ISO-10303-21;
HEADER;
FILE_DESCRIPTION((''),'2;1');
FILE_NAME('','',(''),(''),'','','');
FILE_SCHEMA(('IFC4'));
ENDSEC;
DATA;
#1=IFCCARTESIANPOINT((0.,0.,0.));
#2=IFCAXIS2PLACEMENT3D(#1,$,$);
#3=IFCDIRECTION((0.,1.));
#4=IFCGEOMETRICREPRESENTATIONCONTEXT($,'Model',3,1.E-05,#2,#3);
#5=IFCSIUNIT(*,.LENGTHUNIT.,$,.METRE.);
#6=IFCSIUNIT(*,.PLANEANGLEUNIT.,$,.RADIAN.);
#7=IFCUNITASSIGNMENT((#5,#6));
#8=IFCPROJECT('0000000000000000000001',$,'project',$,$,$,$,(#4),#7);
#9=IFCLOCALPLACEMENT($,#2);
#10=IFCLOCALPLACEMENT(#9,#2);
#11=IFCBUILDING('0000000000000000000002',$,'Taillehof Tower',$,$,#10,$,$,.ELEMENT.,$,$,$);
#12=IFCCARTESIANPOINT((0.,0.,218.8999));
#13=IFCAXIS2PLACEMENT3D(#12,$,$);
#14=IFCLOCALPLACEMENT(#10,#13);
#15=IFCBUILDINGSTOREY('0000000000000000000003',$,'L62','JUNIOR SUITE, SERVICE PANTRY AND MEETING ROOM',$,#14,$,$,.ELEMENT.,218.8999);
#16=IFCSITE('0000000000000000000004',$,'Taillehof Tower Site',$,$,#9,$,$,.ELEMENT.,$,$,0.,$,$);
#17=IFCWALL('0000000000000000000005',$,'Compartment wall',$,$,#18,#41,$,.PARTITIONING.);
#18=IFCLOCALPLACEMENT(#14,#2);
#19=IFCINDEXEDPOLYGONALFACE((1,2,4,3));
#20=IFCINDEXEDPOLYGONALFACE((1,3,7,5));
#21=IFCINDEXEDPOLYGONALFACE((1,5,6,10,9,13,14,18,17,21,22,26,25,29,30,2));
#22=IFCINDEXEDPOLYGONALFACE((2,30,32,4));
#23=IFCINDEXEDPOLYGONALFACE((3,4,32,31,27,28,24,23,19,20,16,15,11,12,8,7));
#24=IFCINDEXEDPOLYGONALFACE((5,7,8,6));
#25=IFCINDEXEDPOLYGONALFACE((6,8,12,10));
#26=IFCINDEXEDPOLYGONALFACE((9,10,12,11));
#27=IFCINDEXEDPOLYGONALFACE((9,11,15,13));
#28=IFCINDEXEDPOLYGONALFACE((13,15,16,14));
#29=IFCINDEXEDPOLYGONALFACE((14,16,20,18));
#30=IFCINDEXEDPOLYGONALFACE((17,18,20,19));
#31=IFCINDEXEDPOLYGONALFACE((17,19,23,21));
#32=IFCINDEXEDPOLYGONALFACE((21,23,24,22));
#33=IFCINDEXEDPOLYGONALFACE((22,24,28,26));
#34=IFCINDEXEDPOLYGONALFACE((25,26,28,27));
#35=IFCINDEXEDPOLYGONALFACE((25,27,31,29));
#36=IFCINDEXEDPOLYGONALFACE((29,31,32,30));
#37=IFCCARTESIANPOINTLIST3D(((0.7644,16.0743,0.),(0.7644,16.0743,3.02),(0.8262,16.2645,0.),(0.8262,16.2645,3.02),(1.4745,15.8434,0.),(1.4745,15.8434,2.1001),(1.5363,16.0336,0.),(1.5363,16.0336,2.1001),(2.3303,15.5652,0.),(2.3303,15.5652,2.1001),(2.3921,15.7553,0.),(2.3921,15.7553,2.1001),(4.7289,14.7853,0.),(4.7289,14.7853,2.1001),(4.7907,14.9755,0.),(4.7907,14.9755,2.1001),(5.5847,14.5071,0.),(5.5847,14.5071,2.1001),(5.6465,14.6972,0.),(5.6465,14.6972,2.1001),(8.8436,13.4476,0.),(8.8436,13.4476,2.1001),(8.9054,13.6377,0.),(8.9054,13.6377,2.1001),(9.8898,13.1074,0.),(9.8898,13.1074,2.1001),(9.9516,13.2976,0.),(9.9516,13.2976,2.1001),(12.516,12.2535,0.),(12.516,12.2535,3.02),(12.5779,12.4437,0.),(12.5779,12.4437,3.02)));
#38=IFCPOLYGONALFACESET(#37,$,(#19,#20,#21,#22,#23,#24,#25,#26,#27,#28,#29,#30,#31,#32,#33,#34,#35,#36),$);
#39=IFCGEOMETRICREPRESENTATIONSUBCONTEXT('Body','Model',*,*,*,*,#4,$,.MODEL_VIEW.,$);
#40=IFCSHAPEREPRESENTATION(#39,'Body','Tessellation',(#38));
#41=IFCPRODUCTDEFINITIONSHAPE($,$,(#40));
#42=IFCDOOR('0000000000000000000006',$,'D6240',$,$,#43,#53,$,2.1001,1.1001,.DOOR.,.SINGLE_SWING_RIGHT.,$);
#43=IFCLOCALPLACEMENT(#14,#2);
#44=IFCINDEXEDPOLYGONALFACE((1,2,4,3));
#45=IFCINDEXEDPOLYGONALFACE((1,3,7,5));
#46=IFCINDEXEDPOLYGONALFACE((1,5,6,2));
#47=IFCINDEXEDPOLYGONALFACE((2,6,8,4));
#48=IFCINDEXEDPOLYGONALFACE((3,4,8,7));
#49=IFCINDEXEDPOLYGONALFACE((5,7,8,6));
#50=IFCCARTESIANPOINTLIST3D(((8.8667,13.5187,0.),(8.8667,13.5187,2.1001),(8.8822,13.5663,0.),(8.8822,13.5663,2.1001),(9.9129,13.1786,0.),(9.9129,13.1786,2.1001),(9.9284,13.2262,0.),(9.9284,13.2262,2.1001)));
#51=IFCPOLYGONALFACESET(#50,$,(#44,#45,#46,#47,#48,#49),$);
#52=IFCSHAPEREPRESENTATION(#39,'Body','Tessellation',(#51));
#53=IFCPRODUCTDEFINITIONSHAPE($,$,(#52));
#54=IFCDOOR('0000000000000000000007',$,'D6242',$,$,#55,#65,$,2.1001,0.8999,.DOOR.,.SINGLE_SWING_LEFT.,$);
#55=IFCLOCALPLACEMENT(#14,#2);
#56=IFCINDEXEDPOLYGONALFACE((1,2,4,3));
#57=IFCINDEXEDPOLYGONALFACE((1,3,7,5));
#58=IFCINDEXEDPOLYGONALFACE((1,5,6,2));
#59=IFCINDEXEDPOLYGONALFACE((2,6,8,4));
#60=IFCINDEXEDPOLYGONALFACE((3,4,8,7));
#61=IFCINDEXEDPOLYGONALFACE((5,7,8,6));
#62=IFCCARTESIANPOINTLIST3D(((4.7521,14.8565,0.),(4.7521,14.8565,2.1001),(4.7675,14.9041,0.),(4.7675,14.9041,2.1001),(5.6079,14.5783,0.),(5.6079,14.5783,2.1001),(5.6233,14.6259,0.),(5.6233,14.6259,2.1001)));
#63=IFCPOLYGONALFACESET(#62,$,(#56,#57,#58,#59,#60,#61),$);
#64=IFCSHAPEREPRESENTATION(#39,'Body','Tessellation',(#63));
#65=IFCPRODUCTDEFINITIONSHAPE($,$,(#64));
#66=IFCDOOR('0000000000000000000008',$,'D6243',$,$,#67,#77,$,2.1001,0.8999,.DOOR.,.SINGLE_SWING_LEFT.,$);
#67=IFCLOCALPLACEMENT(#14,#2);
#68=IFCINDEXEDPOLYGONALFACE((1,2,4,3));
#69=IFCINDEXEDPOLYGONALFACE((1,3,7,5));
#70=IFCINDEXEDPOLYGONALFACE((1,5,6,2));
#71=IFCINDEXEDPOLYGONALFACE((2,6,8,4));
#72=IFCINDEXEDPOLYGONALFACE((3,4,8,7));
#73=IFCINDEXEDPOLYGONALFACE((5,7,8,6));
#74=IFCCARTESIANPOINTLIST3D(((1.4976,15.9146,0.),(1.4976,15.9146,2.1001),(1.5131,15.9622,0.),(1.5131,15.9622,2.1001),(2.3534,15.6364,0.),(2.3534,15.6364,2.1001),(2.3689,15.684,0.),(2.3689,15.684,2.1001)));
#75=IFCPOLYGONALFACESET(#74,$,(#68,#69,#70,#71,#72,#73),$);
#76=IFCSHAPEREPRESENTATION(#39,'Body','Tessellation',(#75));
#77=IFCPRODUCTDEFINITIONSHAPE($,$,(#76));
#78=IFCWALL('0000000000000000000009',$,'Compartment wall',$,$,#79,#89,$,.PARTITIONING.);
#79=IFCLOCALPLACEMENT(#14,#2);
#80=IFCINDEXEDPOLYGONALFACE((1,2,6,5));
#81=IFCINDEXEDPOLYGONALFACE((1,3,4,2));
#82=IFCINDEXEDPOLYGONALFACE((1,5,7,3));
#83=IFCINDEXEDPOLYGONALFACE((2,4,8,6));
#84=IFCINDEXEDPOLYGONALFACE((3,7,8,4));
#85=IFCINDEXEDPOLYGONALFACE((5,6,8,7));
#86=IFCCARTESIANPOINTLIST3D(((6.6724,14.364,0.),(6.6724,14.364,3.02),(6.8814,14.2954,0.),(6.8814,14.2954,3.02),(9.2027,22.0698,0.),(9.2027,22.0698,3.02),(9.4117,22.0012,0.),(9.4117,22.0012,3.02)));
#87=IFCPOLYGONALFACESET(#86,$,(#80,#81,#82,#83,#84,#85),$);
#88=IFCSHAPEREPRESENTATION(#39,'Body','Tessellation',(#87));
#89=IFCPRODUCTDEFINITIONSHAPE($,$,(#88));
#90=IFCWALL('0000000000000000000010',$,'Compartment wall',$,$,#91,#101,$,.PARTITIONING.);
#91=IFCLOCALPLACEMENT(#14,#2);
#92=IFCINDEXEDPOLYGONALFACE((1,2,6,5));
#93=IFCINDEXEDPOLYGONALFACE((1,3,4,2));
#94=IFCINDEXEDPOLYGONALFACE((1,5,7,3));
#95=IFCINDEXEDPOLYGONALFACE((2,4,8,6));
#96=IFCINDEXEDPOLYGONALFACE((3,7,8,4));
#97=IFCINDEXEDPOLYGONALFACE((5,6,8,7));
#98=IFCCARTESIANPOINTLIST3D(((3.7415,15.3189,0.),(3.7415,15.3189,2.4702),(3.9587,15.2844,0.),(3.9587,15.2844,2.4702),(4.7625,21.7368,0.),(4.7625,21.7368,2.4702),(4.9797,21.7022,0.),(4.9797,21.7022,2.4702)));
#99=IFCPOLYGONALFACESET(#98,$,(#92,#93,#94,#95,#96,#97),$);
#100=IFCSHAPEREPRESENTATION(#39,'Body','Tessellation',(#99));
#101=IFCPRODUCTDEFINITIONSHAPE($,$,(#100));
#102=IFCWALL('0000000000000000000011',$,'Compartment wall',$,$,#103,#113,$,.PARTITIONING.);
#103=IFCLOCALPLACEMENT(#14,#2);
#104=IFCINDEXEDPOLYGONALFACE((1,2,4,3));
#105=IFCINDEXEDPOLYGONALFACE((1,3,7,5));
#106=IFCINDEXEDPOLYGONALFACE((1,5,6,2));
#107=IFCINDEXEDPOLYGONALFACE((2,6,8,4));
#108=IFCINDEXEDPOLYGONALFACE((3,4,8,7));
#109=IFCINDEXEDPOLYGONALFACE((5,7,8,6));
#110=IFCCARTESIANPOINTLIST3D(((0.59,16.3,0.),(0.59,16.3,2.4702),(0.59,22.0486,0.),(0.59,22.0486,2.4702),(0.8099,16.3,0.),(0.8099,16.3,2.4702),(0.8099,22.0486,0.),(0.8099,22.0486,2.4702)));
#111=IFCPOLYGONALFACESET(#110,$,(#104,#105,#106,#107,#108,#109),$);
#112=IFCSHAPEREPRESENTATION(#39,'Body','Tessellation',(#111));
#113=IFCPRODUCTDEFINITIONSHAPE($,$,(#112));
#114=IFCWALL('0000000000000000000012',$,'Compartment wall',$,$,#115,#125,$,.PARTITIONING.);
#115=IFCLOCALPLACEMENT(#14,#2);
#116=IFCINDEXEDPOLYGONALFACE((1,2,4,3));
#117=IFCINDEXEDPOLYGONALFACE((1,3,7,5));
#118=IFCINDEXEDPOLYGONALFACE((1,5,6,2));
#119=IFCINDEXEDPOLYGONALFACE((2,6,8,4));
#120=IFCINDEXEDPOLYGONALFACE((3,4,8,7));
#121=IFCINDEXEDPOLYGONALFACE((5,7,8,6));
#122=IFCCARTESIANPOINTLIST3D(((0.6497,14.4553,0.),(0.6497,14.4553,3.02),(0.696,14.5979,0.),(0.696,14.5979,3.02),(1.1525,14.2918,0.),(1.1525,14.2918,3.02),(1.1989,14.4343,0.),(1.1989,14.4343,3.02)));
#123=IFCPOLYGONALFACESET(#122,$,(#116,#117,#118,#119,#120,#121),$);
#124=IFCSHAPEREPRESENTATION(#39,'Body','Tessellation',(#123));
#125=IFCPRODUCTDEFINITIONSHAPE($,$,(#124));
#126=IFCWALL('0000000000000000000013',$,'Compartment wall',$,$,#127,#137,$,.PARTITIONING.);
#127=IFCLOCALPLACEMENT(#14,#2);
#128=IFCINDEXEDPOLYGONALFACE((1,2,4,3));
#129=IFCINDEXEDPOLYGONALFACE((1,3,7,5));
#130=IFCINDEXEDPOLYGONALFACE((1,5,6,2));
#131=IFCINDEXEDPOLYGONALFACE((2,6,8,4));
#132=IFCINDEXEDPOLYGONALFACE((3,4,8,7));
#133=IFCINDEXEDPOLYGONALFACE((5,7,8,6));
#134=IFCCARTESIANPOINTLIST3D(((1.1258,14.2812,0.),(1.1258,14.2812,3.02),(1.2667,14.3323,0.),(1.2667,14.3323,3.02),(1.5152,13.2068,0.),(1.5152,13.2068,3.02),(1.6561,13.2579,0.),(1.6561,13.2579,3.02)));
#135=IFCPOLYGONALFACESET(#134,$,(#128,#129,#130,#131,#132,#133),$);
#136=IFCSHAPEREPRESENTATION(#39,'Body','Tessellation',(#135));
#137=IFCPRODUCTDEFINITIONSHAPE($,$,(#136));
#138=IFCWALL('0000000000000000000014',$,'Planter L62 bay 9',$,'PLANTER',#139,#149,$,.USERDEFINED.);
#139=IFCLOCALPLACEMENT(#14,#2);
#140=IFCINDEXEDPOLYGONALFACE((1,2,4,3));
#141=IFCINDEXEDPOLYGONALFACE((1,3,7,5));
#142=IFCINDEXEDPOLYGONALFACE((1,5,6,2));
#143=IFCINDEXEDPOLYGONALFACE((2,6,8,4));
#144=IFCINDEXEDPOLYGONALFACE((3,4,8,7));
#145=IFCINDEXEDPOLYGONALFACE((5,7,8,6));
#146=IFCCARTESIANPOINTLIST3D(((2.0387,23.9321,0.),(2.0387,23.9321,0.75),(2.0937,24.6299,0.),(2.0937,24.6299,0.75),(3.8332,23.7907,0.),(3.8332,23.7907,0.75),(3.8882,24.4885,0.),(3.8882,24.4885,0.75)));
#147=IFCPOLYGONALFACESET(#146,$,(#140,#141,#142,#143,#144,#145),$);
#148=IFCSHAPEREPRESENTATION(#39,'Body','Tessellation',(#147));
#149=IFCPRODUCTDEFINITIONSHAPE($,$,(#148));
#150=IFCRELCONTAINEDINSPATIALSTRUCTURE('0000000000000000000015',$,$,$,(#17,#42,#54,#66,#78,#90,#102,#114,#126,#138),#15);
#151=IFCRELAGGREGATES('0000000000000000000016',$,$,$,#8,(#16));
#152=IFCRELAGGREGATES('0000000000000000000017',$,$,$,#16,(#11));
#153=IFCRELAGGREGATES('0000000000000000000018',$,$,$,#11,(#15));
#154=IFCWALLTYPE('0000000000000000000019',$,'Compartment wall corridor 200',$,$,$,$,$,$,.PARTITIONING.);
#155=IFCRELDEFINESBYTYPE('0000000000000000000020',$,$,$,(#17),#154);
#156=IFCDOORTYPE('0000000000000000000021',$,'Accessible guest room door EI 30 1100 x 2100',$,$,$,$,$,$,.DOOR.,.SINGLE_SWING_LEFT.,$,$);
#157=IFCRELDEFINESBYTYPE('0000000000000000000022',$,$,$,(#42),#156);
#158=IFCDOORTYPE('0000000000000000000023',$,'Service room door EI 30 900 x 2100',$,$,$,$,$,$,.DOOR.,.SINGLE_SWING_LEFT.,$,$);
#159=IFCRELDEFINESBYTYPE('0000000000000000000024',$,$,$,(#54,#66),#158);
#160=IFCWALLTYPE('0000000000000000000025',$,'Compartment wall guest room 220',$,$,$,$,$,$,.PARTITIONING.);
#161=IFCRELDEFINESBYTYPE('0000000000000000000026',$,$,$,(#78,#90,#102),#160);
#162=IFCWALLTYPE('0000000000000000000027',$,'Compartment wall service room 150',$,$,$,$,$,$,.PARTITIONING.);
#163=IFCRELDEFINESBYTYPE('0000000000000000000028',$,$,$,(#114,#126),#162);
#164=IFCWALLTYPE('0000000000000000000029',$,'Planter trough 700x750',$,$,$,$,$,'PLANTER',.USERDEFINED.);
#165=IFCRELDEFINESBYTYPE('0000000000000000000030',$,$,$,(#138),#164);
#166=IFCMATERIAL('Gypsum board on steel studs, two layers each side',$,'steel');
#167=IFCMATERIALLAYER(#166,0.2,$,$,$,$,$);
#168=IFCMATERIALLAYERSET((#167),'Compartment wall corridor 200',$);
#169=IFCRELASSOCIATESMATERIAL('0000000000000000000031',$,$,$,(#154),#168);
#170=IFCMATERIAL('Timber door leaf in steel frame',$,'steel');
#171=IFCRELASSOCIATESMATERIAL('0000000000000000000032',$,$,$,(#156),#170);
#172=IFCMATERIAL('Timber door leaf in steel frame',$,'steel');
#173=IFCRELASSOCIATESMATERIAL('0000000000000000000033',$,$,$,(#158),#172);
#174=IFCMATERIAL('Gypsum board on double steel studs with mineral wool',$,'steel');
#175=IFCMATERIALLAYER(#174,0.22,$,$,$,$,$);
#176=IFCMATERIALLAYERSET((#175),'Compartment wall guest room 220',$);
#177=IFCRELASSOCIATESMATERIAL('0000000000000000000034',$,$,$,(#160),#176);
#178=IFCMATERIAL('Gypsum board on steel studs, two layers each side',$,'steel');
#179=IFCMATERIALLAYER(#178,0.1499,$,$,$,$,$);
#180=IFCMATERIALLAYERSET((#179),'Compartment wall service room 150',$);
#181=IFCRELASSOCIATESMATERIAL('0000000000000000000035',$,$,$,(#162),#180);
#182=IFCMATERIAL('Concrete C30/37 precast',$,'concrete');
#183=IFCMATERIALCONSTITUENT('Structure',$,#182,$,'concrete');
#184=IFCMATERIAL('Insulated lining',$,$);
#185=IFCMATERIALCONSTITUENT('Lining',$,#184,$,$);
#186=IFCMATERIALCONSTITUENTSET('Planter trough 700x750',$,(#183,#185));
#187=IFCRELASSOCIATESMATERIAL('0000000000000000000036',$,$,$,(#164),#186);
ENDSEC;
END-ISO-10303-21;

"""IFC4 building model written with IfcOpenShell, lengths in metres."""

from ifc_helpers import new_model, si_unit, direction, frame, frame_2d, origin, place, context, subcontext, project, spatial, rectangle, extrude, material, layer, layer_set, constituent, constituent_set, type_object, element, fill, save


model = new_model("IFC4")

# Units and contexts
model_context = context("Model", 3, precision=1e-05, world=origin(), true_north=direction((0.0, 1.0)))
body_context = subcontext(model_context, "Body", "Model", "MODEL_VIEW")
ifc_project = project(units=[si_unit("LENGTHUNIT", "METRE"), si_unit("PLANEANGLEUNIT", "RADIAN")], contexts=[model_context])

# Site, building, storey
site_placement = place(None, origin())
site = spatial("IfcSite", under=ifc_project, at=site_placement, Name="Taillehof Tower Site", CompositionType="ELEMENT", RefElevation=0.0)
building_placement = place(site_placement, origin())
building = spatial("IfcBuilding", under=site, at=building_placement, Name="Taillehof Tower", CompositionType="ELEMENT")
storey_placement = place(building_placement, frame((0.0, 0.0, 218.8999)))
storey = spatial("IfcBuildingStorey", under=building, at=storey_placement, Name="L62", Description="JUNIOR SUITE, SERVICE PANTRY AND MEETING ROOM", CompositionType="ELEMENT", Elevation=218.8999)

# Wall, openings, doors
ifc_material_1 = material(Name="Gypsum board on steel studs, two layers each side", Category="steel")
ifc_layer_1 = layer(ifc_material_1, 0.2)
ifc_layer_set_1 = layer_set([ifc_layer_1], Name="Compartment wall corridor 200")
wall_type_1 = type_object("IfcWallType", Name="Compartment wall corridor 200", PredefinedType="PARTITIONING", material=ifc_layer_set_1)
wall_1_placement = place(storey_placement, frame((0.7952, 16.1694, 0.0), z_axis=(0.0, 0.0, 1.0), x_axis=(0.950998, -0.309196, 0.0)))
wall_1 = element("IfcWall", 1, at=wall_1_placement, inside=storey, type_object=wall_type_1, Name="Compartment wall", PredefinedType="PARTITIONING", context=body_context, shape_type="SweptSolid", body=[
    extrude(rectangle(XDim=12.3572, YDim=0.2, at=frame_2d((6.1787, 0.0))), origin(), (0.0, 0.0, 1.0), 3.02),
])
opening_1_placement = place(wall_1_placement, frame((8.4956, 0.0, 0.0)))
opening_1 = element("IfcOpeningElement", 2, at=opening_1_placement, cuts=wall_1, PredefinedType="OPENING", context=body_context, shape_type="SweptSolid", body=[
    extrude(rectangle(XDim=1.1001, YDim=2.1001, at=frame_2d((0.55, 1.05))), frame((0.0, 0.1099, 0.0), z_axis=(0.0, -1.0, 0.0), x_axis=(1.0, 0.0, 0.0)), (0.0, 0.0, 1.0), 0.22),
])
opening_2_placement = place(wall_1_placement, frame((4.1689, 0.0, 0.0)))
opening_2 = element("IfcOpeningElement", 3, at=opening_2_placement, cuts=wall_1, PredefinedType="OPENING", context=body_context, shape_type="SweptSolid", body=[
    extrude(rectangle(XDim=0.8999, YDim=2.1001, at=frame_2d((0.45, 1.05))), frame((0.0, 0.1099, 0.0), z_axis=(0.0, -1.0, 0.0), x_axis=(1.0, 0.0, 0.0)), (0.0, 0.0, 1.0), 0.22),
])
opening_3_placement = place(wall_1_placement, frame((0.7468, 0.0, 0.0)))
opening_3 = element("IfcOpeningElement", 4, at=opening_3_placement, cuts=wall_1, PredefinedType="OPENING", context=body_context, shape_type="SweptSolid", body=[
    extrude(rectangle(XDim=0.8999, YDim=2.1001, at=frame_2d((0.45, 1.05))), frame((0.0, 0.1099, 0.0), z_axis=(0.0, -1.0, 0.0), x_axis=(1.0, 0.0, 0.0)), (0.0, 0.0, 1.0), 0.22),
])
ifc_material_2 = material(Name="Timber door leaf in steel frame", Category="steel")
door_type_1 = type_object("IfcDoorType", Name="Accessible guest room door EI 30 1100 x 2100", OperationType="SINGLE_SWING_LEFT", PredefinedType="DOOR", material=ifc_material_2)
door_1_placement = place(opening_1_placement, origin())
door_1 = element("IfcDoor", 5, at=door_1_placement, inside=storey, type_object=door_type_1, Name="D6240", OperationType="SINGLE_SWING_RIGHT", OverallHeight=2.1001, OverallWidth=1.1001, PredefinedType="DOOR", context=body_context, shape_type="SweptSolid", body=[
    extrude(rectangle(XDim=1.1001, YDim=2.1001, at=frame_2d((0.55, 1.05))), frame((0.0, 0.0249, 0.0), z_axis=(0.0, -1.0, 0.0), x_axis=(1.0, 0.0, 0.0)), (0.0, 0.0, 1.0), 0.05),
])
fill(opening_1, door_1)
ifc_material_3 = material(Name="Timber door leaf in steel frame", Category="steel")
door_type_2 = type_object("IfcDoorType", Name="Service room door EI 30 900 x 2100", OperationType="SINGLE_SWING_LEFT", PredefinedType="DOOR", material=ifc_material_3)
door_2_placement = place(opening_2_placement, origin())
door_2 = element("IfcDoor", 6, at=door_2_placement, inside=storey, type_object=door_type_2, Name="D6242", OperationType="SINGLE_SWING_LEFT", OverallHeight=2.1001, OverallWidth=0.8999, PredefinedType="DOOR", context=body_context, shape_type="SweptSolid", body=[
    extrude(rectangle(XDim=0.8999, YDim=2.1001, at=frame_2d((0.45, 1.05))), frame((0.0, 0.0249, 0.0), z_axis=(0.0, -1.0, 0.0), x_axis=(1.0, 0.0, 0.0)), (0.0, 0.0, 1.0), 0.05),
])
fill(opening_2, door_2)
door_3_placement = place(opening_3_placement, origin())
door_3 = element("IfcDoor", 7, at=door_3_placement, inside=storey, type_object=door_type_2, Name="D6243", OperationType="SINGLE_SWING_LEFT", OverallHeight=2.1001, OverallWidth=0.8999, PredefinedType="DOOR", context=body_context, shape_type="SweptSolid", body=[
    extrude(rectangle(XDim=0.8999, YDim=2.1001, at=frame_2d((0.45, 1.05))), frame((0.0, 0.0249, 0.0), z_axis=(0.0, -1.0, 0.0), x_axis=(1.0, 0.0, 0.0)), (0.0, 0.0, 1.0), 0.05),
])
fill(opening_3, door_3)

# Walls
ifc_material_4 = material(Name="Gypsum board on double steel studs with mineral wool", Category="steel")
ifc_layer_2 = layer(ifc_material_4, 0.22)
ifc_layer_set_2 = layer_set([ifc_layer_2], Name="Compartment wall guest room 220")
wall_type_2 = type_object("IfcWallType", Name="Compartment wall guest room 220", PredefinedType="PARTITIONING", material=ifc_layer_set_2)
wall_2_placement = place(storey_placement, frame((9.3071, 22.0354, 0.0), z_axis=(0.0, 0.0, 1.0), x_axis=(-0.311971, -0.950092, 0.0)))
element("IfcWall", 8, at=wall_2_placement, inside=storey, type_object=wall_type_2, Name="Compartment wall", PredefinedType="PARTITIONING", context=body_context, shape_type="SweptSolid", body=[
    extrude(rectangle(XDim=8.1106, YDim=0.22, at=frame_2d((4.0552, 0.0))), origin(), (0.0, 0.0, 1.0), 3.02),
])
wall_3_placement = place(storey_placement, frame((4.8711, 21.7195, 0.0), z_axis=(0.0, 0.0, 1.0), x_axis=(-0.157114, -0.98758, 0.0)))
element("IfcWall", 9, at=wall_3_placement, inside=storey, type_object=wall_type_2, Name="Compartment wall", PredefinedType="PARTITIONING", context=body_context, shape_type="SweptSolid", body=[
    extrude(rectangle(XDim=6.4985, YDim=0.22, at=frame_2d((3.2493, 0.0))), origin(), (0.0, 0.0, 1.0), 2.4702),
])
wall_4_placement = place(storey_placement, frame((0.7, 22.0486, 0.0), z_axis=(0.0, 0.0, 1.0), x_axis=(0.0, -1.0, 0.0)))
element("IfcWall", 10, at=wall_4_placement, inside=storey, type_object=wall_type_2, Name="Compartment wall", PredefinedType="PARTITIONING", context=body_context, shape_type="SweptSolid", body=[
    extrude(rectangle(XDim=5.7485, YDim=0.22, at=frame_2d((2.8743, 0.0))), origin(), (0.0, 0.0, 1.0), 2.4702),
])
ifc_material_5 = material(Name="Gypsum board on steel studs, two layers each side", Category="steel")
ifc_layer_3 = layer(ifc_material_5, 0.1499)
ifc_layer_set_3 = layer_set([ifc_layer_3], Name="Compartment wall service room 150")
wall_type_3 = type_object("IfcWallType", Name="Compartment wall service room 150", PredefinedType="PARTITIONING", material=ifc_layer_set_3)
wall_5_placement = place(storey_placement, frame((0.6729, 14.5266, 0.0), z_axis=(0.0, 0.0, 1.0), x_axis=(0.950966, -0.309295, 0.0)))
element("IfcWall", 11, at=wall_5_placement, inside=storey, type_object=wall_type_3, Name="Compartment wall", PredefinedType="PARTITIONING", context=body_context, shape_type="SweptSolid", body=[
    extrude(rectangle(XDim=0.5288, YDim=0.1499, at=frame_2d((0.2644, 0.0))), origin(), (0.0, 0.0, 1.0), 3.02),
])
wall_6_placement = place(storey_placement, frame((1.1963, 14.3066, 0.0), z_axis=(0.0, 0.0, 1.0), x_axis=(0.340731, -0.940161, 0.0)))
element("IfcWall", 12, at=wall_6_placement, inside=storey, type_object=wall_type_3, Name="Compartment wall", PredefinedType="PARTITIONING", context=body_context, shape_type="SweptSolid", body=[
    extrude(rectangle(XDim=1.1428, YDim=0.1499, at=frame_2d((0.5713, 0.0))), origin(), (0.0, 0.0, 1.0), 3.02),
])
ifc_material_6 = material(Name="Concrete C30/37 precast", Category="concrete")
ifc_constituent_1 = constituent(ifc_material_6, Name="Structure", Category="concrete")
ifc_material_7 = material(Name="Insulated lining")
ifc_constituent_2 = constituent(ifc_material_7, Name="Lining")
ifc_constituent_set = constituent_set(constituents=[ifc_constituent_1, ifc_constituent_2], Name="Planter trough 700x750")
wall_type_4 = type_object("IfcWallType", Name="Planter trough 700x750", ElementType="PLANTER", PredefinedType="USERDEFINED", material=ifc_constituent_set)
wall_7_placement = place(storey_placement, frame((3.8606, 24.1396, 0.0), z_axis=(0.0, 0.0, 1.0), x_axis=(-0.996912, 0.078532, 0.0)))
element("IfcWall", 13, at=wall_7_placement, inside=storey, type_object=wall_type_4, Name="Planter L62 bay 9", ObjectType="PLANTER", PredefinedType="USERDEFINED", context=body_context, shape_type="SweptSolid", body=[
    extrude(rectangle(XDim=1.8, YDim=0.7, at=frame_2d((0.8999, 0.0))), origin(), (0.0, 0.0, 1.0), 0.75),
])

save(model, "model.ifc")
